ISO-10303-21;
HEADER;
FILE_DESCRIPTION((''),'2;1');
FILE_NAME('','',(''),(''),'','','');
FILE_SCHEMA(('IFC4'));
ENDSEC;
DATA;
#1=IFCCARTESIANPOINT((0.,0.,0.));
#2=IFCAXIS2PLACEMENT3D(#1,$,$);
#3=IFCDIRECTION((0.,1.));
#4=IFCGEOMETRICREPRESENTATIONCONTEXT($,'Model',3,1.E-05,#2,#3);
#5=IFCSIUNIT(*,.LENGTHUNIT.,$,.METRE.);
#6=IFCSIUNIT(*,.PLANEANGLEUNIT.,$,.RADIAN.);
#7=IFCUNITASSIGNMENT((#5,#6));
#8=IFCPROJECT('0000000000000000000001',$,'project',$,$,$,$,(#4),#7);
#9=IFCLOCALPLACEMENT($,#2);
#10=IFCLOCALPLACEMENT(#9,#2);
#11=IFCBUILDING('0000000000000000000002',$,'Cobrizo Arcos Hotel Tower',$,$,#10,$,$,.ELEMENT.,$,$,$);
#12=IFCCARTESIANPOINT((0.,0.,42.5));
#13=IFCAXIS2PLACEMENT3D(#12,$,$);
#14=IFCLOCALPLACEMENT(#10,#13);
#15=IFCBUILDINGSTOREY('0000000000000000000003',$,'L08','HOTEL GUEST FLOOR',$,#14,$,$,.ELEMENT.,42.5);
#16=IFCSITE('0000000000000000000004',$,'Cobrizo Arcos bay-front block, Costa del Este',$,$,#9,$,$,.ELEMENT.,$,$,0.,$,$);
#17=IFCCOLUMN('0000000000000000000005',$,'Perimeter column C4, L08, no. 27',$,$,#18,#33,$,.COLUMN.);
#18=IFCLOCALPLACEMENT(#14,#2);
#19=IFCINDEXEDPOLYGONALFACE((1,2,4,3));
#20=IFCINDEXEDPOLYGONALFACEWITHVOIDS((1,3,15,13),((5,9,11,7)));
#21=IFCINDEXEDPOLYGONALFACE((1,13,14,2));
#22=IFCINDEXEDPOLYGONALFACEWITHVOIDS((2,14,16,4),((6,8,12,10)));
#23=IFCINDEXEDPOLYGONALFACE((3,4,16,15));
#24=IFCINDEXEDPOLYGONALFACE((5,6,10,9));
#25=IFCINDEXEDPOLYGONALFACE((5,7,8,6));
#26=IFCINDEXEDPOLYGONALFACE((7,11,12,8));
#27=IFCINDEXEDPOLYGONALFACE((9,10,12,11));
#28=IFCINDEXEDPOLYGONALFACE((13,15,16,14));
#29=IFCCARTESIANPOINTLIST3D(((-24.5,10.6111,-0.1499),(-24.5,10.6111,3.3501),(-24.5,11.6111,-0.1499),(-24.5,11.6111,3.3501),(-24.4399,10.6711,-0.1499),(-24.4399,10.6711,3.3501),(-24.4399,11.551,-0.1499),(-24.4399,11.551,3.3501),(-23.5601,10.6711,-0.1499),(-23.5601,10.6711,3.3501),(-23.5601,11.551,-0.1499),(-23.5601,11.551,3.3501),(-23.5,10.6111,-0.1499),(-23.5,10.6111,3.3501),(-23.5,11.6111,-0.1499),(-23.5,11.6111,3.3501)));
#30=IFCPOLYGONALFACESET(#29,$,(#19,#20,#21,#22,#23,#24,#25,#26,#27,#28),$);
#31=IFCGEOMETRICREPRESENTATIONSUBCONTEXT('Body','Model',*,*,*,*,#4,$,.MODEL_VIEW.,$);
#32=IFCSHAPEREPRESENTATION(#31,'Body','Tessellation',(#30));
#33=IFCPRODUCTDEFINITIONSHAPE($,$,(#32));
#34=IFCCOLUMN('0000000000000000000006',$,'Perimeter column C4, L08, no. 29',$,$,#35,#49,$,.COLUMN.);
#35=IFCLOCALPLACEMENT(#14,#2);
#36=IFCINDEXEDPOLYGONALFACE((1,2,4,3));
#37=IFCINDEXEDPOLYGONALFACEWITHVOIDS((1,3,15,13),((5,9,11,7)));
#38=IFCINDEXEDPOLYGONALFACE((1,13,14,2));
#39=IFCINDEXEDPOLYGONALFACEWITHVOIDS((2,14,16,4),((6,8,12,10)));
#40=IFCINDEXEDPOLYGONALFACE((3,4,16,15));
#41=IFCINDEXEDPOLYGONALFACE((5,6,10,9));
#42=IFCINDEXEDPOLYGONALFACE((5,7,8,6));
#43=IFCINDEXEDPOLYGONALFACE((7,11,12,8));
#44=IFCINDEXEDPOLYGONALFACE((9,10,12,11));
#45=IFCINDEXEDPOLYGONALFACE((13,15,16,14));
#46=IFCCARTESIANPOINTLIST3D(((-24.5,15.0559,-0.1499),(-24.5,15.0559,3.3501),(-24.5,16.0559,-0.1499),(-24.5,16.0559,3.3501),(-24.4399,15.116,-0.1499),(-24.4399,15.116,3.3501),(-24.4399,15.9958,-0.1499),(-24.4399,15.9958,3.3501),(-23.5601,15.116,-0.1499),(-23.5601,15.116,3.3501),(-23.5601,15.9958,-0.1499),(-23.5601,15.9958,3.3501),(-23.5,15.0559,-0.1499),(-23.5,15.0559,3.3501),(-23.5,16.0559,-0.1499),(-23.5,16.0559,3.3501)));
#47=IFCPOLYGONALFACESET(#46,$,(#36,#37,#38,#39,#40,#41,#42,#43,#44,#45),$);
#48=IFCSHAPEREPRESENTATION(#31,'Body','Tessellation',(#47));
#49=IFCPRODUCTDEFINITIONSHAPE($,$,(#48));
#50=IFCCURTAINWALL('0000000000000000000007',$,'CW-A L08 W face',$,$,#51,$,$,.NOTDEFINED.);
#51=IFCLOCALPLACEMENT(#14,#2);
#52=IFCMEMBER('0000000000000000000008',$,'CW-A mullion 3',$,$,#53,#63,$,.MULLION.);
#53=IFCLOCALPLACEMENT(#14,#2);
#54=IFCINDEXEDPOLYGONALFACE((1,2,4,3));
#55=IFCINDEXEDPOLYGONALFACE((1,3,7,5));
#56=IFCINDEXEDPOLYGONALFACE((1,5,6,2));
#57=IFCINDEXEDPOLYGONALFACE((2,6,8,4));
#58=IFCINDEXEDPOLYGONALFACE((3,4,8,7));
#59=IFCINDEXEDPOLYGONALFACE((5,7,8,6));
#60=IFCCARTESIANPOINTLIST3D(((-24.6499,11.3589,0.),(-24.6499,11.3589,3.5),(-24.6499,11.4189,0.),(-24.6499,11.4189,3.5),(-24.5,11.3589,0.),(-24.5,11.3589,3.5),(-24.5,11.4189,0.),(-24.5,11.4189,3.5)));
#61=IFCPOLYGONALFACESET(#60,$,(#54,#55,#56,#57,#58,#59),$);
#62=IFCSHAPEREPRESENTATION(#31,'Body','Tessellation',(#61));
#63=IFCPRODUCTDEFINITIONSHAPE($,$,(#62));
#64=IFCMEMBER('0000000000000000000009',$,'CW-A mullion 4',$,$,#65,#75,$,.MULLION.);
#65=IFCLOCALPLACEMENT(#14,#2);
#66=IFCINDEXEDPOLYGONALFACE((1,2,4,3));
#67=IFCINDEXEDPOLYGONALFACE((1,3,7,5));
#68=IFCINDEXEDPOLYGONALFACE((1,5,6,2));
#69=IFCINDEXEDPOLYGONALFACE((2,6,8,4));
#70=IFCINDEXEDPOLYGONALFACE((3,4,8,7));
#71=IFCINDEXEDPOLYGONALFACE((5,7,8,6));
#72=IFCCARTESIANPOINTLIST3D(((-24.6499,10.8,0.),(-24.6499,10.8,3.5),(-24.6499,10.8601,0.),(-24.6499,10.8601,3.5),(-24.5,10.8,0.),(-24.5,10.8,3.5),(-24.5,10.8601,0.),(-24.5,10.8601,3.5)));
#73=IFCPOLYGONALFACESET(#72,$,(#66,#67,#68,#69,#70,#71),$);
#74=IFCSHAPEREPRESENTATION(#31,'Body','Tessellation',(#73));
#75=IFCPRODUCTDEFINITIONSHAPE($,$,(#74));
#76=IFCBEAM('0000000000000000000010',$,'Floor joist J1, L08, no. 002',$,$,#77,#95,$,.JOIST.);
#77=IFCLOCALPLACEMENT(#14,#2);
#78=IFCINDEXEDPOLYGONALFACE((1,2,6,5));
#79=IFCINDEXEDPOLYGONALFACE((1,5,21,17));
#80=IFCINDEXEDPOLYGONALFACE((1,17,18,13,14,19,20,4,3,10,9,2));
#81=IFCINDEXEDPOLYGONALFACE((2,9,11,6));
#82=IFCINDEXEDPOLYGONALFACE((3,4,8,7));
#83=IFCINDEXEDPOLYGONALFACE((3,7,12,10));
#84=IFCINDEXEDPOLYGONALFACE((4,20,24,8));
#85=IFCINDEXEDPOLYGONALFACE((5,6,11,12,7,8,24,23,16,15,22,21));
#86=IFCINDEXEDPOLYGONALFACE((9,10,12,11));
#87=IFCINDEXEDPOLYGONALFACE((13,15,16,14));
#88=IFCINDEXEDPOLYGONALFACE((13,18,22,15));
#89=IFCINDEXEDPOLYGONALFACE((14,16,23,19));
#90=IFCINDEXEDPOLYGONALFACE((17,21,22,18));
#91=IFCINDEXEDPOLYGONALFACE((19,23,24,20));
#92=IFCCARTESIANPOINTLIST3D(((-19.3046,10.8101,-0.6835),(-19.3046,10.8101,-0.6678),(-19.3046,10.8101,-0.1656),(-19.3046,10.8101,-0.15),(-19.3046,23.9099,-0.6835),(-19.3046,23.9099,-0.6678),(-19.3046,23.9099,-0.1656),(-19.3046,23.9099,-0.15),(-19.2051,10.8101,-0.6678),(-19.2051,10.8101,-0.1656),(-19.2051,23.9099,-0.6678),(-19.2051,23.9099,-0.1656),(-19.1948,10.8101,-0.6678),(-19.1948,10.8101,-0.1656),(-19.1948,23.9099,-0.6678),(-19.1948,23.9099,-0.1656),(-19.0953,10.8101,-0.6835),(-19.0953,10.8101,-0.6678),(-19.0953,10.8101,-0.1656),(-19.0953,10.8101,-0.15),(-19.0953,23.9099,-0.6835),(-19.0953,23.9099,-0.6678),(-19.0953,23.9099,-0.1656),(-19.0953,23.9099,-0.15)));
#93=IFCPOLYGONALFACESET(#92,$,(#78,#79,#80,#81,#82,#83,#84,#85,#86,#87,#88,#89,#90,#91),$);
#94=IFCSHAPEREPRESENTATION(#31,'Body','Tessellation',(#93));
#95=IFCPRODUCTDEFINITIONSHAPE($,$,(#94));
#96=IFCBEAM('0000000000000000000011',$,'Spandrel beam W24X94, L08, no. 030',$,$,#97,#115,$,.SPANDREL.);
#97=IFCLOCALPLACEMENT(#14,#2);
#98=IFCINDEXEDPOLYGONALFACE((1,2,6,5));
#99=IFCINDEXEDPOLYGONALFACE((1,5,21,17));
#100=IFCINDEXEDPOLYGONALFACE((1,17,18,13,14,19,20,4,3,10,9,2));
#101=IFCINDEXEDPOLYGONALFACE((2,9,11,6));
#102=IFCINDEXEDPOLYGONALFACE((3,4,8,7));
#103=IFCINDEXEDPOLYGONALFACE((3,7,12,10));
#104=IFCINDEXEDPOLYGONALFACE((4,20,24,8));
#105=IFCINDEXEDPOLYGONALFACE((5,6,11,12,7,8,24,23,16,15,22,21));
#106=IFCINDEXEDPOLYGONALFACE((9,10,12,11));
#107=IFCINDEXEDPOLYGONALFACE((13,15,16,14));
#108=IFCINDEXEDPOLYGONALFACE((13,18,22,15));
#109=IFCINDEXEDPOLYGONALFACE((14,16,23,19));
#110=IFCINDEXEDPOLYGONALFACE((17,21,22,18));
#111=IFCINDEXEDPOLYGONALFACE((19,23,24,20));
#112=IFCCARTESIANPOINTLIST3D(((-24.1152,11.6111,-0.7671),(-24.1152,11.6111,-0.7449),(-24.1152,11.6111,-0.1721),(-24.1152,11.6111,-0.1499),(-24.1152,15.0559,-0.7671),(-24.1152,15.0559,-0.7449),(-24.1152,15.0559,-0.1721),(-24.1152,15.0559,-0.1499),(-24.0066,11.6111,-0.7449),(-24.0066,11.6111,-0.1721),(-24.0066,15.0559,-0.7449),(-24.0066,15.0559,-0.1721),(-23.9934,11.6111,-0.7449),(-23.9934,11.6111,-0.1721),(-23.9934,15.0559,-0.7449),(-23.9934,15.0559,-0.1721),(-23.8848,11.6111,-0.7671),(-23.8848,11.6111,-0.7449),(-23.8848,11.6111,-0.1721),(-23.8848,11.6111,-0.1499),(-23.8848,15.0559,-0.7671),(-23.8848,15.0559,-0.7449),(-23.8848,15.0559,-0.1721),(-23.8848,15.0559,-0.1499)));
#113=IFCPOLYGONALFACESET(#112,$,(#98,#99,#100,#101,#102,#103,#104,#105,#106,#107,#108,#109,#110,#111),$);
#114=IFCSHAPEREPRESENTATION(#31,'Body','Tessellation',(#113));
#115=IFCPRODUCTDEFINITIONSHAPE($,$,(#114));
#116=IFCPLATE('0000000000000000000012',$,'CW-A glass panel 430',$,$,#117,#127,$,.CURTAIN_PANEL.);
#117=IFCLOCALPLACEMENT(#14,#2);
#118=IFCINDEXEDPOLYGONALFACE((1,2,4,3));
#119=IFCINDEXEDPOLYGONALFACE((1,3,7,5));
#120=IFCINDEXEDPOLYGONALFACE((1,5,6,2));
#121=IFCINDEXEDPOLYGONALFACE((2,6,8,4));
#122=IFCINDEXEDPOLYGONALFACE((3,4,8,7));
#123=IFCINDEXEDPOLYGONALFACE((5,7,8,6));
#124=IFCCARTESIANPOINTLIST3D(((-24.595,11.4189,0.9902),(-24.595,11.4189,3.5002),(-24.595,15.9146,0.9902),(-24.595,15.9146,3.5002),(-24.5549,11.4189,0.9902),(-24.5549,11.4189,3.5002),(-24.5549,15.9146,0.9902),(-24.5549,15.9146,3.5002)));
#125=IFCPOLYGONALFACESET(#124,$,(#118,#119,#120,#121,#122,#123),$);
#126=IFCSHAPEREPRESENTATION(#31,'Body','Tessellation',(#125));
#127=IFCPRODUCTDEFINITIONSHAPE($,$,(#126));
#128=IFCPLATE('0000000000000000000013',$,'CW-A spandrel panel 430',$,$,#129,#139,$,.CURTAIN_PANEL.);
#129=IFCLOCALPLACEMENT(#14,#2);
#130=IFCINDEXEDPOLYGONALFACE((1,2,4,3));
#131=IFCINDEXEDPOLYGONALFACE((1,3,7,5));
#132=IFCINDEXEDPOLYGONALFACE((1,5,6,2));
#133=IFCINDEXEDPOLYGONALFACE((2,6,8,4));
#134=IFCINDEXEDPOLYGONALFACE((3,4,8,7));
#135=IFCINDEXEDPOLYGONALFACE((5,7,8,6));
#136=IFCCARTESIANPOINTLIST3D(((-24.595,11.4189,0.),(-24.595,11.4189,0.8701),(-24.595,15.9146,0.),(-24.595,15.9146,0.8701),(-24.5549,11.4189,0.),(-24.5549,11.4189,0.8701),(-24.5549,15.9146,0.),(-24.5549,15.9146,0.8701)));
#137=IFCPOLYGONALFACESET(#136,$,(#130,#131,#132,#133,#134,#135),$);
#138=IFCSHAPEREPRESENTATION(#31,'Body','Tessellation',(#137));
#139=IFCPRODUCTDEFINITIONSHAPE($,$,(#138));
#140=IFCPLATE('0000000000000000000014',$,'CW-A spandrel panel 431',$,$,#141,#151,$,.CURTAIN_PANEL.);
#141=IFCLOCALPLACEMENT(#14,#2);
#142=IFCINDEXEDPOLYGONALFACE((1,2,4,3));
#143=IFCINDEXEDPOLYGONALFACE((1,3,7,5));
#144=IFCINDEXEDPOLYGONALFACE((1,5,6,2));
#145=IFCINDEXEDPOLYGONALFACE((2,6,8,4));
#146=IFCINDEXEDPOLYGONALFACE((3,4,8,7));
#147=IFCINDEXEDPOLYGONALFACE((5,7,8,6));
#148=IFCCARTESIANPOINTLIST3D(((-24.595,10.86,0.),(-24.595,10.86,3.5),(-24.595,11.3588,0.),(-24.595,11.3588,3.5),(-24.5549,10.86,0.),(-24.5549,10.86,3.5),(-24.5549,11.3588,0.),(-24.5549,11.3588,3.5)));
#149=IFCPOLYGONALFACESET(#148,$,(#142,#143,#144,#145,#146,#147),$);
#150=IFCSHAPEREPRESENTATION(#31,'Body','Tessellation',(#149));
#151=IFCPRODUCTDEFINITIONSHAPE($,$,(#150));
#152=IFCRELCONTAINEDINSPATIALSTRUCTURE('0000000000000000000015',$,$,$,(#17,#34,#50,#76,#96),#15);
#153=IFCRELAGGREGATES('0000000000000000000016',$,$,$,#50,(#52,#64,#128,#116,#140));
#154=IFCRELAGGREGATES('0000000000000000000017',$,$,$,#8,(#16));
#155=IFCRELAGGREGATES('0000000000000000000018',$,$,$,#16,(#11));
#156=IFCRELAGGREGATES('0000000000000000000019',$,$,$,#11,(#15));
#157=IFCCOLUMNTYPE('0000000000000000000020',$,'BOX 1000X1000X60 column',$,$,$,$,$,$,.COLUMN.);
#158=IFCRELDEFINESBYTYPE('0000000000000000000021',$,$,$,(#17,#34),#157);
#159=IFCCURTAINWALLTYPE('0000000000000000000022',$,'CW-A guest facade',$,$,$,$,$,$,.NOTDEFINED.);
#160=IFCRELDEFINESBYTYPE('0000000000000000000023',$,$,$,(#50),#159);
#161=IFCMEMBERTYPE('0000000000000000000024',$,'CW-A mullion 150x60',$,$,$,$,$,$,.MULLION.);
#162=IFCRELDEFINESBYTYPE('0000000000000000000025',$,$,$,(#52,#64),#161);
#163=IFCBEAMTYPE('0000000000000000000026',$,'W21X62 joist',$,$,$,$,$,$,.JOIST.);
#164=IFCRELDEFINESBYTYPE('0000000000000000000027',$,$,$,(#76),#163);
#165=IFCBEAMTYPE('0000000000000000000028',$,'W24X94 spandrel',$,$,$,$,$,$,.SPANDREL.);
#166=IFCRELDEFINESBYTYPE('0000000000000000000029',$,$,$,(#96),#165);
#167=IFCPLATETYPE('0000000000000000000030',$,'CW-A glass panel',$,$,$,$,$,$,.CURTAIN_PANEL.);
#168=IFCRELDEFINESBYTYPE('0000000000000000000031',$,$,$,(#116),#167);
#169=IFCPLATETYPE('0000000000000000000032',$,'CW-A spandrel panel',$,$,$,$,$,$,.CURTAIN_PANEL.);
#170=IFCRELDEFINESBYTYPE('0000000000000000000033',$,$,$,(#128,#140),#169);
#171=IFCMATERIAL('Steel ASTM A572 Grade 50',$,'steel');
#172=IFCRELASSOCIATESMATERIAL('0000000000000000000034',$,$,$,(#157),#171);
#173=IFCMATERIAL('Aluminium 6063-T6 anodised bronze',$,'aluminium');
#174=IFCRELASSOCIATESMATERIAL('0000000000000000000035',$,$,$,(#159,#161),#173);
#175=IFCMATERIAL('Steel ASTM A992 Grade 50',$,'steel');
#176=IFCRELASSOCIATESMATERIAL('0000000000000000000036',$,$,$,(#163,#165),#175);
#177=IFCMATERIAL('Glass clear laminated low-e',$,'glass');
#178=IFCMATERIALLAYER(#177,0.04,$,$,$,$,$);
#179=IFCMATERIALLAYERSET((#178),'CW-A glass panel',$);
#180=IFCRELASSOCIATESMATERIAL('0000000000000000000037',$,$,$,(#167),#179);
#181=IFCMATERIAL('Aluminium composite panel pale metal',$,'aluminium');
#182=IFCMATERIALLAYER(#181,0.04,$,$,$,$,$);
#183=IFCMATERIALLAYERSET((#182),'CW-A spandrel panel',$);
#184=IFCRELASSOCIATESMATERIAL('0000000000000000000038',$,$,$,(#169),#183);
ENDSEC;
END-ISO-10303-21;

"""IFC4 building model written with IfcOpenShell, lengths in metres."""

from ifc_helpers import new_model, si_unit, direction, frame, origin, origin_2d, place, context, subcontext, project, spatial, rectangle, hollow_rectangle, i_section, extrude, material, layer, layer_set, material_profile, profile_set, type_object, element, aggregate, save


model = new_model("IFC4")

# Units and contexts
model_context = context("Model", 3, precision=1e-05, world=origin(), true_north=direction((0.0, 1.0)))
body_context = subcontext(model_context, "Body", "Model", "MODEL_VIEW")
ifc_project = project(units=[si_unit("LENGTHUNIT", "METRE"), si_unit("PLANEANGLEUNIT", "RADIAN")], contexts=[model_context])

# Site, building, storey
site_placement = place(None, origin())
site = spatial("IfcSite", under=ifc_project, at=site_placement, Name="Cobrizo Arcos bay-front block, Costa del Este", CompositionType="ELEMENT", RefElevation=0.0)
building_placement = place(site_placement, origin())
building = spatial("IfcBuilding", under=site, at=building_placement, Name="Cobrizo Arcos Hotel Tower", CompositionType="ELEMENT")
storey_placement = place(building_placement, frame((0.0, 0.0, 42.5)))
storey = spatial("IfcBuildingStorey", under=building, at=storey_placement, Name="L08", Description="HOTEL GUEST FLOOR", CompositionType="ELEMENT", Elevation=42.5)

# Columns
ifc_material_1 = material(Name="Steel ASTM A572 Grade 50", Category="steel")
ifc_material_profile_1 = material_profile(ifc_material_1, hollow_rectangle(XDim=1.0, YDim=1.0, WallThickness=0.0601, at=origin_2d()), Name="BOX 1000X1000X60")
ifc_profile_set_1 = profile_set([ifc_material_profile_1], Name="Steel ASTM A572 Grade 50")
column_type = type_object("IfcColumnType", Name="BOX 1000X1000X60 column", PredefinedType="COLUMN", material=ifc_profile_set_1)
for number, where, z_axis, x_axis, name in (
    (1, (-24.0, 11.1111, -0.1499), (0.0, 0.0, 1.0), (1.0, 0.0, 0.0), "Perimeter column C4, L08, no. 27"),
    (2, (-24.0, 15.5559, -0.1499), (0.0, 0.0, 1.0), (1.0, 0.0, 0.0), "Perimeter column C4, L08, no. 29"),
):
    element("IfcColumn", number, at=place(storey_placement, frame(where, z_axis=z_axis, x_axis=x_axis)), inside=storey, type_object=column_type, Name=name, PredefinedType="COLUMN", context=body_context, shape_type="SweptSolid", body=[
        extrude(hollow_rectangle(XDim=1.0, YDim=1.0, WallThickness=0.0601, at=origin_2d()), origin(), (0.0, 0.0, 1.0), 3.5),
    ])

# Curtain wall, members
ifc_material_2 = material(Name="Aluminium 6063-T6 anodised bronze", Category="aluminium")
curtain_wall_type = type_object("IfcCurtainWallType", Name="CW-A guest facade", PredefinedType="NOTDEFINED", material=ifc_material_2)
curtain_wall_placement = place(storey_placement, origin())
curtain_wall = element("IfcCurtainWall", 3, at=curtain_wall_placement, inside=storey, type_object=curtain_wall_type, Name="CW-A L08 W face", PredefinedType="NOTDEFINED")
ifc_material_profile_2 = material_profile(ifc_material_2, rectangle(XDim=0.1499, YDim=0.0601, at=origin_2d()), Name="CW-A mullion 150x60")
ifc_profile_set_2 = profile_set([ifc_material_profile_2], Name="Aluminium 6063-T6 anodised bronze")
member_type = type_object("IfcMemberType", Name="CW-A mullion 150x60", PredefinedType="MULLION", material=ifc_profile_set_2)
member_1_placement = place(storey_placement, frame((-24.575, 11.3889, 0.0), z_axis=(0.0, 0.0, 1.0), x_axis=(-1.0, 0.0, 0.0)))
member_1 = element("IfcMember", 4, at=member_1_placement, type_object=member_type, Name="CW-A mullion 3", PredefinedType="MULLION", context=body_context, shape_type="SweptSolid", body=[
    extrude(rectangle(XDim=0.1499, YDim=0.0601, at=origin_2d()), origin(), (0.0, 0.0, 1.0), 3.5),
])
member_2_placement = place(storey_placement, frame((-24.575, 10.8301, 0.0), z_axis=(0.0, 0.0, 1.0), x_axis=(-1.0, 0.0, 0.0)))
member_2 = element("IfcMember", 5, at=member_2_placement, type_object=member_type, Name="CW-A mullion 4", PredefinedType="MULLION", context=body_context, shape_type="SweptSolid", body=[
    extrude(rectangle(XDim=0.1499, YDim=0.0601, at=origin_2d()), origin(), (0.0, 0.0, 1.0), 3.5),
])

# Beams
ifc_material_3 = material(Name="Steel ASTM A992 Grade 50", Category="steel")
ifc_material_profile_3 = material_profile(ifc_material_3, i_section(OverallWidth=0.2092, OverallDepth=0.5334, WebThickness=0.0103, FlangeThickness=0.0156, at=origin_2d()), Name="W21X62")
ifc_profile_set_3 = profile_set([ifc_material_profile_3], Name="Steel ASTM A992 Grade 50")
beam_type_1 = type_object("IfcBeamType", Name="W21X62 joist", PredefinedType="JOIST", material=ifc_profile_set_3)
beam_1_placement = place(storey_placement, frame((-19.2, 10.8101, -0.4167), z_axis=(0.0, 1.0, 0.0), x_axis=(-1.0, 0.0, 0.0)))
element("IfcBeam", 6, at=beam_1_placement, inside=storey, type_object=beam_type_1, Name="Floor joist J1, L08, no. 002", PredefinedType="JOIST", context=body_context, shape_type="SweptSolid", body=[
    extrude(i_section(OverallWidth=0.2092, OverallDepth=0.5334, WebThickness=0.0103, FlangeThickness=0.0156, at=origin_2d()), origin(), (0.0, 0.0, 1.0), 13.0999),
])
ifc_material_profile_4 = material_profile(ifc_material_3, i_section(OverallWidth=0.2305, OverallDepth=0.6172, WebThickness=0.0132, FlangeThickness=0.0222, at=origin_2d()), Name="W24X94")
ifc_profile_set_4 = profile_set([ifc_material_profile_4], Name="Steel ASTM A992 Grade 50")
beam_type_2 = type_object("IfcBeamType", Name="W24X94 spandrel", PredefinedType="SPANDREL", material=ifc_profile_set_4)
beam_2_placement = place(storey_placement, frame((-24.0, 15.0559, -0.4585), z_axis=(0.0, -1.0, 0.0), x_axis=(1.0, 0.0, 0.0)))
element("IfcBeam", 7, at=beam_2_placement, inside=storey, type_object=beam_type_2, Name="Spandrel beam W24X94, L08, no. 030", PredefinedType="SPANDREL", context=body_context, shape_type="SweptSolid", body=[
    extrude(i_section(OverallWidth=0.2305, OverallDepth=0.6172, WebThickness=0.0132, FlangeThickness=0.0222, at=origin_2d()), origin(), (0.0, 0.0, 1.0), 3.4448),
])

# Plates
ifc_material_4 = material(Name="Glass clear laminated low-e", Category="glass")
ifc_layer_1 = layer(ifc_material_4, 0.04)
ifc_layer_set_1 = layer_set([ifc_layer_1], Name="CW-A glass panel")
plate_type_1 = type_object("IfcPlateType", Name="CW-A glass panel", PredefinedType="CURTAIN_PANEL", material=ifc_layer_set_1)
plate_1_placement = place(storey_placement, frame((-24.575, 13.6667, 0.9902), z_axis=(0.0, 0.0, 1.0), x_axis=(0.0, -1.0, 0.0)))
plate_1 = element("IfcPlate", 8, at=plate_1_placement, type_object=plate_type_1, Name="CW-A glass panel 430", PredefinedType="CURTAIN_PANEL", context=body_context, shape_type="SweptSolid", body=[
    extrude(rectangle(XDim=4.4956, YDim=0.04, at=origin_2d()), origin(), (0.0, 0.0, 1.0), 2.51),
])
ifc_material_5 = material(Name="Aluminium composite panel pale metal", Category="aluminium")
ifc_layer_2 = layer(ifc_material_5, 0.04)
ifc_layer_set_2 = layer_set([ifc_layer_2], Name="CW-A spandrel panel")
plate_type_2 = type_object("IfcPlateType", Name="CW-A spandrel panel", PredefinedType="CURTAIN_PANEL", material=ifc_layer_set_2)
plate_2_placement = place(storey_placement, frame((-24.575, 13.6667, 0.0), z_axis=(0.0, 0.0, 1.0), x_axis=(0.0, -1.0, 0.0)))
plate_2 = element("IfcPlate", 9, at=plate_2_placement, type_object=plate_type_2, Name="CW-A spandrel panel 430", PredefinedType="CURTAIN_PANEL", context=body_context, shape_type="SweptSolid", body=[
    extrude(rectangle(XDim=4.4956, YDim=0.04, at=origin_2d()), origin(), (0.0, 0.0, 1.0), 0.8701),
])
plate_3_placement = place(storey_placement, frame((-24.575, 11.1094, 0.0), z_axis=(0.0, 0.0, 1.0), x_axis=(0.0, -1.0, 0.0)))
plate_3 = element("IfcPlate", 10, at=plate_3_placement, type_object=plate_type_2, Name="CW-A spandrel panel 431", PredefinedType="CURTAIN_PANEL", context=body_context, shape_type="SweptSolid", body=[
    extrude(rectangle(XDim=0.4988, YDim=0.04, at=origin_2d()), origin(), (0.0, 0.0, 1.0), 3.5),
])
aggregate(curtain_wall, [member_1, member_2, plate_2, plate_1, plate_3])

save(model, "model.ifc")
